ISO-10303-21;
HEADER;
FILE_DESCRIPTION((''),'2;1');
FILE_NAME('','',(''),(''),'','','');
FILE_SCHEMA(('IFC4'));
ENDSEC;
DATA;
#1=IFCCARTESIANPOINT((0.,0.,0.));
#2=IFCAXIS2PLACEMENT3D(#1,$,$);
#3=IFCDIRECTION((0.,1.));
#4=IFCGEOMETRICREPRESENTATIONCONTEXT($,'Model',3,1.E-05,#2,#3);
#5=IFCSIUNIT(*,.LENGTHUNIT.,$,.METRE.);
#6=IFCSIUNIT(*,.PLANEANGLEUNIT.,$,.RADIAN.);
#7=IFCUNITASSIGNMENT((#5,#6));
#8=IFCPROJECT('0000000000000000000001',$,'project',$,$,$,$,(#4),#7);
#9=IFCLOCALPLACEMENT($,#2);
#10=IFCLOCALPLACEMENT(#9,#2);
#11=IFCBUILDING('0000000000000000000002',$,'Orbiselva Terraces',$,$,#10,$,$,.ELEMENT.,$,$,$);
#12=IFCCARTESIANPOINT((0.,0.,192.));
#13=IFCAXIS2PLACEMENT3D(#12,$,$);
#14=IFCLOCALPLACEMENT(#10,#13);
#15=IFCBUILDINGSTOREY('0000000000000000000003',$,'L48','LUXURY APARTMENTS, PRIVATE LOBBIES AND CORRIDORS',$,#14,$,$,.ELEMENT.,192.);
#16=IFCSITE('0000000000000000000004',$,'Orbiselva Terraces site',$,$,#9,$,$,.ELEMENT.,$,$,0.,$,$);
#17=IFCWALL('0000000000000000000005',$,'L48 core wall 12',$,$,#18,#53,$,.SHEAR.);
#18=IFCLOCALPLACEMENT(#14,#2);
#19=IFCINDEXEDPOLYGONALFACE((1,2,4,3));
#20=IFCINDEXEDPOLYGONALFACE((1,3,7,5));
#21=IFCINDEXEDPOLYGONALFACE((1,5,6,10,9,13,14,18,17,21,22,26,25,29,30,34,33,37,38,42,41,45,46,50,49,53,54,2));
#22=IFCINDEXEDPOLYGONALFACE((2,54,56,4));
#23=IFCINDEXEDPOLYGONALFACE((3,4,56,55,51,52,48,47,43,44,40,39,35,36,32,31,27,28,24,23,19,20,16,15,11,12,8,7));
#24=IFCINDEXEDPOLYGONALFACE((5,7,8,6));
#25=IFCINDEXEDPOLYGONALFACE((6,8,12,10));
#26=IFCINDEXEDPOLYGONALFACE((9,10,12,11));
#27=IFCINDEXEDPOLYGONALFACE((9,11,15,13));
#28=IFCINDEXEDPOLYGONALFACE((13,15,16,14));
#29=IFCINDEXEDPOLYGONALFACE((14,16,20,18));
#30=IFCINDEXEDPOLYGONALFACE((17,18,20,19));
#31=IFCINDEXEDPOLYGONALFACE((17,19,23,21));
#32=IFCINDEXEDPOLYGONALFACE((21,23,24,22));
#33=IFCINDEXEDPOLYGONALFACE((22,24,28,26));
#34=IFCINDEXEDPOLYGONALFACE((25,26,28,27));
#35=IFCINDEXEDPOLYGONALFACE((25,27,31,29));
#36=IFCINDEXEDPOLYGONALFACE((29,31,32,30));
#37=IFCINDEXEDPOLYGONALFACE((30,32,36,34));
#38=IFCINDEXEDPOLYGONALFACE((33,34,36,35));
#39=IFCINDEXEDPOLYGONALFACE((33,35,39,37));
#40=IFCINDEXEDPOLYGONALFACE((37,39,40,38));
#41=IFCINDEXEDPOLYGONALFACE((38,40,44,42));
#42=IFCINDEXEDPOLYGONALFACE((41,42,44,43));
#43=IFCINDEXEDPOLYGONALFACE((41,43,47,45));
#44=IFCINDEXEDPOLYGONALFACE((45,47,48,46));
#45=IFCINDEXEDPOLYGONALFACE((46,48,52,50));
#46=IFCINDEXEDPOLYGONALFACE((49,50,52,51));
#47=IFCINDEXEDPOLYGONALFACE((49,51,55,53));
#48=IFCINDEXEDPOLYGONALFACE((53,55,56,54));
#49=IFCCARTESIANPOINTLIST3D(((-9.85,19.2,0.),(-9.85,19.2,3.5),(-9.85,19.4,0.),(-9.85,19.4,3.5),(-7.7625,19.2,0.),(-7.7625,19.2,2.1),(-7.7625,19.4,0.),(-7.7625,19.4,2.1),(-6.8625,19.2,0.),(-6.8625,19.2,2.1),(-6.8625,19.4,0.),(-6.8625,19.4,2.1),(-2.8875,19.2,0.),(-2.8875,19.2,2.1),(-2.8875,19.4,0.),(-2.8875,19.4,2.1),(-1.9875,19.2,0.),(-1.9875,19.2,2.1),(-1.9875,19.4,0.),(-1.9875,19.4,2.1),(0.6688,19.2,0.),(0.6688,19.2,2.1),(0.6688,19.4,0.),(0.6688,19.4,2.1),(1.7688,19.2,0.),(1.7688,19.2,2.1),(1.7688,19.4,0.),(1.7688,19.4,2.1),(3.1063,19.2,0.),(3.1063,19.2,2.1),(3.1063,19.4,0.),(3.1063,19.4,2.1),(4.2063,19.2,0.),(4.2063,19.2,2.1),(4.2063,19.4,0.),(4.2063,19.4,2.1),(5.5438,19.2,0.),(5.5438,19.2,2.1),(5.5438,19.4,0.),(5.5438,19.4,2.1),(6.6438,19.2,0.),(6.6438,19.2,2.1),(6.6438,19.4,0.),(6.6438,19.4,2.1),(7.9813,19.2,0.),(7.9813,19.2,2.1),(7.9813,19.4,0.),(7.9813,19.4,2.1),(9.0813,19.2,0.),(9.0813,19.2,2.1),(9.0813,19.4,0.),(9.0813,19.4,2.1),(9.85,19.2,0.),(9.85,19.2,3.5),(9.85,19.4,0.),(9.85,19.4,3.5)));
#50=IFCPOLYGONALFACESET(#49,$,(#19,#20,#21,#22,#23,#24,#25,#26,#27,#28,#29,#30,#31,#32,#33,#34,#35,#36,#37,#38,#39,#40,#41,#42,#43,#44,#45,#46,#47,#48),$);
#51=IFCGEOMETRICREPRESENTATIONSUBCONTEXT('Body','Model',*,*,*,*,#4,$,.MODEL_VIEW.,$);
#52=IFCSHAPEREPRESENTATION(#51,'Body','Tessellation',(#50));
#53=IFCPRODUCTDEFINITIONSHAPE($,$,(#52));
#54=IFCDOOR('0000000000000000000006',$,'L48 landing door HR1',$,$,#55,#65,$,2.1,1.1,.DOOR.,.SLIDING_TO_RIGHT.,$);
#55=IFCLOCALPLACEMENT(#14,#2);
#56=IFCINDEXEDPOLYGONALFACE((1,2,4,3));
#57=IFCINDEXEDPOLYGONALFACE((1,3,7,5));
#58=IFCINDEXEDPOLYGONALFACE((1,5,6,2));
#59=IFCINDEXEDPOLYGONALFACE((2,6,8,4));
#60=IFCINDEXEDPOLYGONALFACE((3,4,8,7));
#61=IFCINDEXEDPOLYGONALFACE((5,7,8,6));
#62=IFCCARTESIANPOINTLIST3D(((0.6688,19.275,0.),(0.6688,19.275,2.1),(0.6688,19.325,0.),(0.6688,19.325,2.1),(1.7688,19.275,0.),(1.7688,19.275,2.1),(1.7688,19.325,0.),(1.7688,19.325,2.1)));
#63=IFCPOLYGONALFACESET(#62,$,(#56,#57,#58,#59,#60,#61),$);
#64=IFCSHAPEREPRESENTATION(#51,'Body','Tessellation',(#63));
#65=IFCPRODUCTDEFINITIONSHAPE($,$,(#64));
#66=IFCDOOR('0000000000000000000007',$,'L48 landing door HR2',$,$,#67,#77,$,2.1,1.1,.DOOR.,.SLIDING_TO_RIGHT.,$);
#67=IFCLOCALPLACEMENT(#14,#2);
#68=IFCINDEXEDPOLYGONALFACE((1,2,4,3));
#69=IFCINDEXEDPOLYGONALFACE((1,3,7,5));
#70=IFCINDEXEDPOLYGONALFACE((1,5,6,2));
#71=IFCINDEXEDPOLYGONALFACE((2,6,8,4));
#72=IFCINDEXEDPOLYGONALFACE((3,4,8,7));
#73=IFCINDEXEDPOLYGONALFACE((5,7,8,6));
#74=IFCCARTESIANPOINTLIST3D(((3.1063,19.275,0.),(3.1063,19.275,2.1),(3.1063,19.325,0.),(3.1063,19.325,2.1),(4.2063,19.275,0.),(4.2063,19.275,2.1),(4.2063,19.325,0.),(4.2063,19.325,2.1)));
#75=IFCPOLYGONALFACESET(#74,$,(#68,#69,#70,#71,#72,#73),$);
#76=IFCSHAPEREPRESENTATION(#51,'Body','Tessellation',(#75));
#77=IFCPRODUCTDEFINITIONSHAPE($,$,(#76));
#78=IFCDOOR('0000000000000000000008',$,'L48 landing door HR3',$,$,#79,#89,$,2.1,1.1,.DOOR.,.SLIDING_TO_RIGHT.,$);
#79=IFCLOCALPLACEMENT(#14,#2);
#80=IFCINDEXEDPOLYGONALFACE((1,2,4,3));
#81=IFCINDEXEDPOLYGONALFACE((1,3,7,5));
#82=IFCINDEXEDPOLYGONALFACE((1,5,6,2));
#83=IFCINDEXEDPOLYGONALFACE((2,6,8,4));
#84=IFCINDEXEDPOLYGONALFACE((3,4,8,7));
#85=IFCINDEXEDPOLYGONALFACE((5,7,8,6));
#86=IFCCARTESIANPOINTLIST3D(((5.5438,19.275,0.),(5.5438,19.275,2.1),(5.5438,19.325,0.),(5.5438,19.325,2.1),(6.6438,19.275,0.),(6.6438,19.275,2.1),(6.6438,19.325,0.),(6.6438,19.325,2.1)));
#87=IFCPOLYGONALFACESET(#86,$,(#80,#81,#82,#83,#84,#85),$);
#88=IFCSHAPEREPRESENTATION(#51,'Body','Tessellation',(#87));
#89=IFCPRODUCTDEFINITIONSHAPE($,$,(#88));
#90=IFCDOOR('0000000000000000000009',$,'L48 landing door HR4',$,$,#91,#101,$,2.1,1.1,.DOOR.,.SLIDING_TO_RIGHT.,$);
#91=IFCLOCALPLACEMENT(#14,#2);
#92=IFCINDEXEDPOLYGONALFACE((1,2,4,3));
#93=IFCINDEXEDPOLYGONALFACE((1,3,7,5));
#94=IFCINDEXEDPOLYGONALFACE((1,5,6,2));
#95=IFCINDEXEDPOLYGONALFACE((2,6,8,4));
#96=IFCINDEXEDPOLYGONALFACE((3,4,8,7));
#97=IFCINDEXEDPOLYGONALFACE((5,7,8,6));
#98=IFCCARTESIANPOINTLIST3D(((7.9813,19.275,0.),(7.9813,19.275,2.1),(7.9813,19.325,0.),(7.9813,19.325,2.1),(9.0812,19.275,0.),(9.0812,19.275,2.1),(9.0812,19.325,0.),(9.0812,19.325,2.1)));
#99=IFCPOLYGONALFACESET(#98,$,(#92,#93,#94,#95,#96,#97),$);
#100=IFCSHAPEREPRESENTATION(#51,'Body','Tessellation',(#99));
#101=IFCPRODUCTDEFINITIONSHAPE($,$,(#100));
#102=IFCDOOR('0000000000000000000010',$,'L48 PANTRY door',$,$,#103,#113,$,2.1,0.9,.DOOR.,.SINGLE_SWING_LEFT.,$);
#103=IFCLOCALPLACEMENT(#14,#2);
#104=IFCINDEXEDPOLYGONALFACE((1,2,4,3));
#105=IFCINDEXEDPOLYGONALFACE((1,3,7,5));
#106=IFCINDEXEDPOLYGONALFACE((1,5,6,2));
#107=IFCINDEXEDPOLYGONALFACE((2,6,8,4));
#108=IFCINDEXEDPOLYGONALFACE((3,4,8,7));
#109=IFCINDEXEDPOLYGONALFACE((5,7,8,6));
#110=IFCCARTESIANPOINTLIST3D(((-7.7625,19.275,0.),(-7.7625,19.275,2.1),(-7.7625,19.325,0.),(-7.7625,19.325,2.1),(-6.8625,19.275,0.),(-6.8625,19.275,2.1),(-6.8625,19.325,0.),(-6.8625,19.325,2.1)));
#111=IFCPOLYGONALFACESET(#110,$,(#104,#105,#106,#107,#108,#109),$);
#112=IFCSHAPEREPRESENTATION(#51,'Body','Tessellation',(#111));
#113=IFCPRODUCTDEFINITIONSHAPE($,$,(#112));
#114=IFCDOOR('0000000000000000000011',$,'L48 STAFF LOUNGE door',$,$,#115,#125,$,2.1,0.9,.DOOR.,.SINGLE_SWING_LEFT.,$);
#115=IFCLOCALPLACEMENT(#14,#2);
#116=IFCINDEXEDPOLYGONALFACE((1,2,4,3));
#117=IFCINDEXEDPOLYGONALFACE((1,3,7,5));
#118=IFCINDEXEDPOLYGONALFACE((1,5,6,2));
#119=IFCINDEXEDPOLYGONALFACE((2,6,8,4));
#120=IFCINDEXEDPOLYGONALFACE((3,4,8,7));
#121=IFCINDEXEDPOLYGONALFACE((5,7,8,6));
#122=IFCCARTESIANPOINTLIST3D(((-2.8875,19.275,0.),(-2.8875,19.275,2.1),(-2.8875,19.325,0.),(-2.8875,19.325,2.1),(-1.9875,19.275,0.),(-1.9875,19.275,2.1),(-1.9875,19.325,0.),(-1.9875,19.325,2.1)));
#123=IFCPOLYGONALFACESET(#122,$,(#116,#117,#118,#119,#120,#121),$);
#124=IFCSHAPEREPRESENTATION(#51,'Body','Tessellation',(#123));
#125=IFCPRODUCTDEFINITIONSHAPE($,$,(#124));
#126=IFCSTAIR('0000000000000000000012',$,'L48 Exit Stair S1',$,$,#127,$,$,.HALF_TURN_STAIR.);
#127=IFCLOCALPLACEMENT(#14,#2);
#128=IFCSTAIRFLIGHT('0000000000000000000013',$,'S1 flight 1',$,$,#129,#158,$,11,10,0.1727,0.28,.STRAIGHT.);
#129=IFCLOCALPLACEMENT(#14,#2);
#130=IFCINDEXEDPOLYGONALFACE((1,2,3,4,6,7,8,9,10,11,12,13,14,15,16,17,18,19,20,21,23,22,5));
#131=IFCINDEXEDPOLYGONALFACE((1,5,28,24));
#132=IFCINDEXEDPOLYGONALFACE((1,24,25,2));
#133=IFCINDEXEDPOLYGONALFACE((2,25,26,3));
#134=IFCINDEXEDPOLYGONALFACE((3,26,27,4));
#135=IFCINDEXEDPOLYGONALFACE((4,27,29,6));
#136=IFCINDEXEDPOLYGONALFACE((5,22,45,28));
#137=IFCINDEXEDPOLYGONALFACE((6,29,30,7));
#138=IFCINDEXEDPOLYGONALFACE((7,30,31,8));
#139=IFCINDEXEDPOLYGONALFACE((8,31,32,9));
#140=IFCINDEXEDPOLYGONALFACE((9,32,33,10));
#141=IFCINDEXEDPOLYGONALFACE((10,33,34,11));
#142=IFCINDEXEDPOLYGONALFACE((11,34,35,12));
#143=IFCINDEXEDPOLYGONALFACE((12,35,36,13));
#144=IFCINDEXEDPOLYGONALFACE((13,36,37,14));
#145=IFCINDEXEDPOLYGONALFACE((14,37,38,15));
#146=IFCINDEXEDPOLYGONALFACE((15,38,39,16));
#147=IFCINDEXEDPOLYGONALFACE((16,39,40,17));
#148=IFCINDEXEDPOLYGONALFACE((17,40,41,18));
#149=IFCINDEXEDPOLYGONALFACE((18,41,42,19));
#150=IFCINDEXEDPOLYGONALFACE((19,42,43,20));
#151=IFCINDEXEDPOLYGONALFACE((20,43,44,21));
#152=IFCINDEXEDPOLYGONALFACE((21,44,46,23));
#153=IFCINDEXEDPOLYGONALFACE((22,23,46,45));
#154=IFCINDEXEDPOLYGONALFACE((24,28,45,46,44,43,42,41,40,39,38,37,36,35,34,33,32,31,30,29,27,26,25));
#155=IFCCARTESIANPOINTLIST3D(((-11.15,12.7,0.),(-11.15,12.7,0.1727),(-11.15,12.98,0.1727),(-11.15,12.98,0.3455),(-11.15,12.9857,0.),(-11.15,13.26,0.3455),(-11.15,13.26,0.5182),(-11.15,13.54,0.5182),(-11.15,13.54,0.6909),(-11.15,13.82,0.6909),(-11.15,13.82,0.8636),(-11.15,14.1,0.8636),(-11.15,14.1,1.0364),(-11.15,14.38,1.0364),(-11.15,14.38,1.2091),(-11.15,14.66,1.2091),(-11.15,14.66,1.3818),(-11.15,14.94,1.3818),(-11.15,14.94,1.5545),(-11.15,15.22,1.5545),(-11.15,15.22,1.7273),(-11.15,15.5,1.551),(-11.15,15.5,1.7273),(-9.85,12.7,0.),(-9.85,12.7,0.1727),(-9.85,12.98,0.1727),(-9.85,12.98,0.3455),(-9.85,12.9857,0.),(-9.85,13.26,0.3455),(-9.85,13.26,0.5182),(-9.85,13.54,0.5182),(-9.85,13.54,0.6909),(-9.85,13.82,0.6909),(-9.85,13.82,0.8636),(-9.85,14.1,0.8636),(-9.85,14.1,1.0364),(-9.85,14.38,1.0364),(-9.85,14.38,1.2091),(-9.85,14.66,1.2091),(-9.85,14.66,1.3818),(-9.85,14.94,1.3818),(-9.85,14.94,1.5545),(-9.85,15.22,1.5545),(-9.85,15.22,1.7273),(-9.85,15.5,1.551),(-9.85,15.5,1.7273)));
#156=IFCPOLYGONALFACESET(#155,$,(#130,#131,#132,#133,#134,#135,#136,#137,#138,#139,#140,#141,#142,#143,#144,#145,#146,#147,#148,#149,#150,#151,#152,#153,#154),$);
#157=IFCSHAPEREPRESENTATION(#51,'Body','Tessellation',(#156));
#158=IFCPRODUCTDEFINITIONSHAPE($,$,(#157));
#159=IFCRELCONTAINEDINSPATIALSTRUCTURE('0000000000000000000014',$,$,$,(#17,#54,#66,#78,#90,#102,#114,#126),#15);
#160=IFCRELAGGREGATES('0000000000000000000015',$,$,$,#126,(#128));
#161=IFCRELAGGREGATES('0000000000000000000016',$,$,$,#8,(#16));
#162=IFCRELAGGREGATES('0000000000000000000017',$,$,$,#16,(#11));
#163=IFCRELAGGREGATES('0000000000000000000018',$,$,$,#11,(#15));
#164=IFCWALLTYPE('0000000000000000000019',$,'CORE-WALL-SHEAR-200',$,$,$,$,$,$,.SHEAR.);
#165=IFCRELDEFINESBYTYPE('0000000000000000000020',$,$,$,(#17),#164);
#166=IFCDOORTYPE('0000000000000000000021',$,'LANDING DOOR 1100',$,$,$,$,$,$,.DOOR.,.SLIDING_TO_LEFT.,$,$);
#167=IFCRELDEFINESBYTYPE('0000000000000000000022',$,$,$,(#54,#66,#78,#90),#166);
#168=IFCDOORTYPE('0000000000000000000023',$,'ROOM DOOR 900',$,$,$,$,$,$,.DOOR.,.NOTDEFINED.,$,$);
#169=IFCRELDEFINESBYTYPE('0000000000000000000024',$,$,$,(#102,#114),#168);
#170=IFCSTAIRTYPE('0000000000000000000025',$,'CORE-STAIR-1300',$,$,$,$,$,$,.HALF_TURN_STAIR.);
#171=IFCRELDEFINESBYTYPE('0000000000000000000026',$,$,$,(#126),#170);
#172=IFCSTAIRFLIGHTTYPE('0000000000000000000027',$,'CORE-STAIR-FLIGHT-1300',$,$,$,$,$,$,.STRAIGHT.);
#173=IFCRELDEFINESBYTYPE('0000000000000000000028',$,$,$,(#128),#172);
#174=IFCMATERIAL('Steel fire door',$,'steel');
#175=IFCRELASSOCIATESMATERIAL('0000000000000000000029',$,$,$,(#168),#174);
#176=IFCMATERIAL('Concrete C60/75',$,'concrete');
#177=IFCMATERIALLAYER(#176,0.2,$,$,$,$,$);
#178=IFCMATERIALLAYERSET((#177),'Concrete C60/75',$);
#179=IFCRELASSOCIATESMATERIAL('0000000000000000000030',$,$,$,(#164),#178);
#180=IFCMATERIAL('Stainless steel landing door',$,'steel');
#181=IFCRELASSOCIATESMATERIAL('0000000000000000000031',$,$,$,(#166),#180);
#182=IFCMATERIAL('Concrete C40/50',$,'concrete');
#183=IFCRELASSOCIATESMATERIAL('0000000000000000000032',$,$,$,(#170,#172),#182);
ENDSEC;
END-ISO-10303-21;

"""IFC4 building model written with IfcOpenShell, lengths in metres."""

from ifc_helpers import new_model, si_unit, direction, frame, frame_2d, origin, place, context, subcontext, project, spatial, polyline, rectangle, outline, extrude, material, layer, layer_set, type_object, element, fill, aggregate, save


model = new_model("IFC4")

# Units and contexts
model_context = context("Model", 3, precision=1e-05, world=origin(), true_north=direction((0.0, 1.0)))
body_context = subcontext(model_context, "Body", "Model", "MODEL_VIEW")
ifc_project = project(units=[si_unit("LENGTHUNIT", "METRE"), si_unit("PLANEANGLEUNIT", "RADIAN")], contexts=[model_context])

# Site, building, storey
site_placement = place(None, origin())
site = spatial("IfcSite", under=ifc_project, at=site_placement, Name="Orbiselva Terraces site", CompositionType="ELEMENT", RefElevation=0.0)
building_placement = place(site_placement, origin())
building = spatial("IfcBuilding", under=site, at=building_placement, Name="Orbiselva Terraces", CompositionType="ELEMENT")
storey_placement = place(building_placement, frame((0.0, 0.0, 192.0)))
storey = spatial("IfcBuildingStorey", under=building, at=storey_placement, Name="L48", Description="LUXURY APARTMENTS, PRIVATE LOBBIES AND CORRIDORS", CompositionType="ELEMENT", Elevation=192.0)

# Shared definitions
ifc_material_1 = material(Name="Steel fire door", Category="steel")
door_type_1 = type_object("IfcDoorType", Name="ROOM DOOR 900", OperationType="NOTDEFINED", PredefinedType="DOOR", material=ifc_material_1)

# Shared definitions
ifc_material_2 = material(Name="Concrete C40/50", Category="concrete")
ifc_material_3 = material(Name="Concrete C60/75", Category="concrete")
ifc_layer_1 = layer(ifc_material_3, 0.2)
ifc_layer_set_1 = layer_set([ifc_layer_1], Name="Concrete C60/75")
wall_type_1 = type_object("IfcWallType", Name="CORE-WALL-SHEAR-200", PredefinedType="SHEAR", material=ifc_layer_set_1)

# Wall, openings, doors
wall_1_placement = place(storey_placement, frame((-9.85, 19.3, 0.0), z_axis=(0.0, 0.0, 1.0), x_axis=(1.0, 0.0, 0.0)))
wall_1 = element("IfcWall", 1, at=wall_1_placement, inside=storey, type_object=wall_type_1, Name="L48 core wall 12", PredefinedType="SHEAR", context=body_context, shape_type="SweptSolid", body=[
    extrude(rectangle(XDim=19.7, YDim=0.2, at=frame_2d((9.85, 0.0))), origin(), (0.0, 0.0, 1.0), 3.5),
])
opening_1_placement = place(wall_1_placement, frame((10.5188, 0.0, 0.0)))
opening_1 = element("IfcOpeningElement", 2, at=opening_1_placement, cuts=wall_1, PredefinedType="OPENING", context=body_context, shape_type="SweptSolid", body=[
    extrude(rectangle(XDim=1.1, YDim=2.1, at=frame_2d((0.55, 1.05))), frame((0.0, 0.11, 0.0), z_axis=(0.0, -1.0, 0.0), x_axis=(1.0, 0.0, 0.0)), (0.0, 0.0, 1.0), 0.22),
])
opening_2_placement = place(wall_1_placement, frame((12.9563, 0.0, 0.0)))
opening_2 = element("IfcOpeningElement", 3, at=opening_2_placement, cuts=wall_1, PredefinedType="OPENING", context=body_context, shape_type="SweptSolid", body=[
    extrude(rectangle(XDim=1.1, YDim=2.1, at=frame_2d((0.55, 1.05))), frame((0.0, 0.11, 0.0), z_axis=(0.0, -1.0, 0.0), x_axis=(1.0, 0.0, 0.0)), (0.0, 0.0, 1.0), 0.22),
])
opening_3_placement = place(wall_1_placement, frame((15.3938, 0.0, 0.0)))
opening_3 = element("IfcOpeningElement", 4, at=opening_3_placement, cuts=wall_1, PredefinedType="OPENING", context=body_context, shape_type="SweptSolid", body=[
    extrude(rectangle(XDim=1.1, YDim=2.1, at=frame_2d((0.55, 1.05))), frame((0.0, 0.11, 0.0), z_axis=(0.0, -1.0, 0.0), x_axis=(1.0, 0.0, 0.0)), (0.0, 0.0, 1.0), 0.22),
])
opening_4_placement = place(wall_1_placement, frame((17.8313, 0.0, 0.0)))
opening_4 = element("IfcOpeningElement", 5, at=opening_4_placement, cuts=wall_1, PredefinedType="OPENING", context=body_context, shape_type="SweptSolid", body=[
    extrude(rectangle(XDim=1.1, YDim=2.1, at=frame_2d((0.55, 1.05))), frame((0.0, 0.11, 0.0), z_axis=(0.0, -1.0, 0.0), x_axis=(1.0, 0.0, 0.0)), (0.0, 0.0, 1.0), 0.22),
])
opening_5_placement = place(wall_1_placement, frame((2.0875, 0.0, 0.0)))
opening_5 = element("IfcOpeningElement", 6, at=opening_5_placement, cuts=wall_1, PredefinedType="OPENING", context=body_context, shape_type="SweptSolid", body=[
    extrude(rectangle(XDim=0.9, YDim=2.1, at=frame_2d((0.45, 1.05))), frame((0.0, 0.11, 0.0), z_axis=(0.0, -1.0, 0.0), x_axis=(1.0, 0.0, 0.0)), (0.0, 0.0, 1.0), 0.22),
])
opening_6_placement = place(wall_1_placement, frame((6.9625, 0.0, 0.0)))
opening_6 = element("IfcOpeningElement", 7, at=opening_6_placement, cuts=wall_1, PredefinedType="OPENING", context=body_context, shape_type="SweptSolid", body=[
    extrude(rectangle(XDim=0.9, YDim=2.1, at=frame_2d((0.45, 1.05))), frame((0.0, 0.11, 0.0), z_axis=(0.0, -1.0, 0.0), x_axis=(1.0, 0.0, 0.0)), (0.0, 0.0, 1.0), 0.22),
])
ifc_material_4 = material(Name="Stainless steel landing door", Category="steel")
door_type_2 = type_object("IfcDoorType", Name="LANDING DOOR 1100", OperationType="SLIDING_TO_LEFT", PredefinedType="DOOR", material=ifc_material_4)
door_1_placement = place(opening_1_placement, origin())
door_1 = element("IfcDoor", 8, at=door_1_placement, inside=storey, type_object=door_type_2, Name="L48 landing door HR1", OperationType="SLIDING_TO_RIGHT", OverallHeight=2.1, OverallWidth=1.1, PredefinedType="DOOR", context=body_context, shape_type="SweptSolid", body=[
    extrude(rectangle(XDim=1.1, YDim=2.1, at=frame_2d((0.55, 1.05))), frame((0.0, 0.025, 0.0), z_axis=(0.0, -1.0, 0.0), x_axis=(1.0, 0.0, 0.0)), (0.0, 0.0, 1.0), 0.05),
])
fill(opening_1, door_1)
door_2_placement = place(opening_2_placement, origin())
door_2 = element("IfcDoor", 9, at=door_2_placement, inside=storey, type_object=door_type_2, Name="L48 landing door HR2", OperationType="SLIDING_TO_RIGHT", OverallHeight=2.1, OverallWidth=1.1, PredefinedType="DOOR", context=body_context, shape_type="SweptSolid", body=[
    extrude(rectangle(XDim=1.1, YDim=2.1, at=frame_2d((0.55, 1.05))), frame((0.0, 0.025, 0.0), z_axis=(0.0, -1.0, 0.0), x_axis=(1.0, 0.0, 0.0)), (0.0, 0.0, 1.0), 0.05),
])
fill(opening_2, door_2)
door_3_placement = place(opening_3_placement, origin())
door_3 = element("IfcDoor", 10, at=door_3_placement, inside=storey, type_object=door_type_2, Name="L48 landing door HR3", OperationType="SLIDING_TO_RIGHT", OverallHeight=2.1, OverallWidth=1.1, PredefinedType="DOOR", context=body_context, shape_type="SweptSolid", body=[
    extrude(rectangle(XDim=1.1, YDim=2.1, at=frame_2d((0.55, 1.05))), frame((0.0, 0.025, 0.0), z_axis=(0.0, -1.0, 0.0), x_axis=(1.0, 0.0, 0.0)), (0.0, 0.0, 1.0), 0.05),
])
fill(opening_3, door_3)
door_4_placement = place(opening_4_placement, origin())
door_4 = element("IfcDoor", 11, at=door_4_placement, inside=storey, type_object=door_type_2, Name="L48 landing door HR4", OperationType="SLIDING_TO_RIGHT", OverallHeight=2.1, OverallWidth=1.1, PredefinedType="DOOR", context=body_context, shape_type="SweptSolid", body=[
    extrude(rectangle(XDim=1.1, YDim=2.1, at=frame_2d((0.55, 1.05))), frame((0.0, 0.025, 0.0), z_axis=(0.0, -1.0, 0.0), x_axis=(1.0, 0.0, 0.0)), (0.0, 0.0, 1.0), 0.05),
])
fill(opening_4, door_4)
door_5_placement = place(opening_5_placement, origin())
door_5 = element("IfcDoor", 12, at=door_5_placement, inside=storey, type_object=door_type_1, Name="L48 PANTRY door", OperationType="SINGLE_SWING_LEFT", OverallHeight=2.1, OverallWidth=0.9, PredefinedType="DOOR", context=body_context, shape_type="SweptSolid", body=[
    extrude(rectangle(XDim=0.9, YDim=2.1, at=frame_2d((0.45, 1.05))), frame((0.0, 0.025, 0.0), z_axis=(0.0, -1.0, 0.0), x_axis=(1.0, 0.0, 0.0)), (0.0, 0.0, 1.0), 0.05),
])
fill(opening_5, door_5)
door_6_placement = place(opening_6_placement, origin())
door_6 = element("IfcDoor", 13, at=door_6_placement, inside=storey, type_object=door_type_1, Name="L48 STAFF LOUNGE door", OperationType="SINGLE_SWING_LEFT", OverallHeight=2.1, OverallWidth=0.9, PredefinedType="DOOR", context=body_context, shape_type="SweptSolid", body=[
    extrude(rectangle(XDim=0.9, YDim=2.1, at=frame_2d((0.45, 1.05))), frame((0.0, 0.025, 0.0), z_axis=(0.0, -1.0, 0.0), x_axis=(1.0, 0.0, 0.0)), (0.0, 0.0, 1.0), 0.05),
])
fill(opening_6, door_6)

# Stair, stair flight
stair_type = type_object("IfcStairType", Name="CORE-STAIR-1300", PredefinedType="HALF_TURN_STAIR", material=ifc_material_2)
stair_placement = place(storey_placement, origin())
stair = element("IfcStair", 14, at=stair_placement, inside=storey, type_object=stair_type, Name="L48 Exit Stair S1", PredefinedType="HALF_TURN_STAIR")
stair_flight_type = type_object("IfcStairFlightType", Name="CORE-STAIR-FLIGHT-1300", PredefinedType="STRAIGHT", material=ifc_material_2)
stair_flight_1_placement = place(storey_placement, frame((-10.5, 12.7, 0.0), z_axis=(0.0, 0.0, 1.0), x_axis=(0.0, 1.0, 0.0)))
stair_flight_1 = element("IfcStairFlight", 15, at=stair_flight_1_placement, type_object=stair_flight_type, Name="S1 flight 1", NumberOfRisers=11, NumberOfTreads=10, PredefinedType="STRAIGHT", RiserHeight=0.1727, TreadLength=0.28, context=body_context, shape_type="SweptSolid", body=[
    extrude(outline(polyline([(0.0, 0.0), (0.0, 0.1727), (0.28, 0.1727), (0.28, 0.3455), (0.56, 0.3455), (0.56, 0.5182), (0.84, 0.5182), (0.84, 0.6909), (1.12, 0.6909), (1.12, 0.8636), (1.4, 0.8636), (1.4, 1.0364), (1.68, 1.0364), (1.68, 1.2091), (1.96, 1.2091), (1.96, 1.3818), (2.24, 1.3818), (2.24, 1.5545), (2.52, 1.5545), (2.52, 1.7273), (2.8, 1.7273), (2.8, 1.9), (2.8, 1.551), (0.2857, 0.0), (0.0, 0.0)])), frame((0.0, 0.65, 0.0), z_axis=(0.0, -1.0, 0.0), x_axis=(1.0, 0.0, 0.0)), (0.0, 0.0, 1.0), 1.3),
])
aggregate(stair, [stair_flight_1])

save(model, "model.ifc")
